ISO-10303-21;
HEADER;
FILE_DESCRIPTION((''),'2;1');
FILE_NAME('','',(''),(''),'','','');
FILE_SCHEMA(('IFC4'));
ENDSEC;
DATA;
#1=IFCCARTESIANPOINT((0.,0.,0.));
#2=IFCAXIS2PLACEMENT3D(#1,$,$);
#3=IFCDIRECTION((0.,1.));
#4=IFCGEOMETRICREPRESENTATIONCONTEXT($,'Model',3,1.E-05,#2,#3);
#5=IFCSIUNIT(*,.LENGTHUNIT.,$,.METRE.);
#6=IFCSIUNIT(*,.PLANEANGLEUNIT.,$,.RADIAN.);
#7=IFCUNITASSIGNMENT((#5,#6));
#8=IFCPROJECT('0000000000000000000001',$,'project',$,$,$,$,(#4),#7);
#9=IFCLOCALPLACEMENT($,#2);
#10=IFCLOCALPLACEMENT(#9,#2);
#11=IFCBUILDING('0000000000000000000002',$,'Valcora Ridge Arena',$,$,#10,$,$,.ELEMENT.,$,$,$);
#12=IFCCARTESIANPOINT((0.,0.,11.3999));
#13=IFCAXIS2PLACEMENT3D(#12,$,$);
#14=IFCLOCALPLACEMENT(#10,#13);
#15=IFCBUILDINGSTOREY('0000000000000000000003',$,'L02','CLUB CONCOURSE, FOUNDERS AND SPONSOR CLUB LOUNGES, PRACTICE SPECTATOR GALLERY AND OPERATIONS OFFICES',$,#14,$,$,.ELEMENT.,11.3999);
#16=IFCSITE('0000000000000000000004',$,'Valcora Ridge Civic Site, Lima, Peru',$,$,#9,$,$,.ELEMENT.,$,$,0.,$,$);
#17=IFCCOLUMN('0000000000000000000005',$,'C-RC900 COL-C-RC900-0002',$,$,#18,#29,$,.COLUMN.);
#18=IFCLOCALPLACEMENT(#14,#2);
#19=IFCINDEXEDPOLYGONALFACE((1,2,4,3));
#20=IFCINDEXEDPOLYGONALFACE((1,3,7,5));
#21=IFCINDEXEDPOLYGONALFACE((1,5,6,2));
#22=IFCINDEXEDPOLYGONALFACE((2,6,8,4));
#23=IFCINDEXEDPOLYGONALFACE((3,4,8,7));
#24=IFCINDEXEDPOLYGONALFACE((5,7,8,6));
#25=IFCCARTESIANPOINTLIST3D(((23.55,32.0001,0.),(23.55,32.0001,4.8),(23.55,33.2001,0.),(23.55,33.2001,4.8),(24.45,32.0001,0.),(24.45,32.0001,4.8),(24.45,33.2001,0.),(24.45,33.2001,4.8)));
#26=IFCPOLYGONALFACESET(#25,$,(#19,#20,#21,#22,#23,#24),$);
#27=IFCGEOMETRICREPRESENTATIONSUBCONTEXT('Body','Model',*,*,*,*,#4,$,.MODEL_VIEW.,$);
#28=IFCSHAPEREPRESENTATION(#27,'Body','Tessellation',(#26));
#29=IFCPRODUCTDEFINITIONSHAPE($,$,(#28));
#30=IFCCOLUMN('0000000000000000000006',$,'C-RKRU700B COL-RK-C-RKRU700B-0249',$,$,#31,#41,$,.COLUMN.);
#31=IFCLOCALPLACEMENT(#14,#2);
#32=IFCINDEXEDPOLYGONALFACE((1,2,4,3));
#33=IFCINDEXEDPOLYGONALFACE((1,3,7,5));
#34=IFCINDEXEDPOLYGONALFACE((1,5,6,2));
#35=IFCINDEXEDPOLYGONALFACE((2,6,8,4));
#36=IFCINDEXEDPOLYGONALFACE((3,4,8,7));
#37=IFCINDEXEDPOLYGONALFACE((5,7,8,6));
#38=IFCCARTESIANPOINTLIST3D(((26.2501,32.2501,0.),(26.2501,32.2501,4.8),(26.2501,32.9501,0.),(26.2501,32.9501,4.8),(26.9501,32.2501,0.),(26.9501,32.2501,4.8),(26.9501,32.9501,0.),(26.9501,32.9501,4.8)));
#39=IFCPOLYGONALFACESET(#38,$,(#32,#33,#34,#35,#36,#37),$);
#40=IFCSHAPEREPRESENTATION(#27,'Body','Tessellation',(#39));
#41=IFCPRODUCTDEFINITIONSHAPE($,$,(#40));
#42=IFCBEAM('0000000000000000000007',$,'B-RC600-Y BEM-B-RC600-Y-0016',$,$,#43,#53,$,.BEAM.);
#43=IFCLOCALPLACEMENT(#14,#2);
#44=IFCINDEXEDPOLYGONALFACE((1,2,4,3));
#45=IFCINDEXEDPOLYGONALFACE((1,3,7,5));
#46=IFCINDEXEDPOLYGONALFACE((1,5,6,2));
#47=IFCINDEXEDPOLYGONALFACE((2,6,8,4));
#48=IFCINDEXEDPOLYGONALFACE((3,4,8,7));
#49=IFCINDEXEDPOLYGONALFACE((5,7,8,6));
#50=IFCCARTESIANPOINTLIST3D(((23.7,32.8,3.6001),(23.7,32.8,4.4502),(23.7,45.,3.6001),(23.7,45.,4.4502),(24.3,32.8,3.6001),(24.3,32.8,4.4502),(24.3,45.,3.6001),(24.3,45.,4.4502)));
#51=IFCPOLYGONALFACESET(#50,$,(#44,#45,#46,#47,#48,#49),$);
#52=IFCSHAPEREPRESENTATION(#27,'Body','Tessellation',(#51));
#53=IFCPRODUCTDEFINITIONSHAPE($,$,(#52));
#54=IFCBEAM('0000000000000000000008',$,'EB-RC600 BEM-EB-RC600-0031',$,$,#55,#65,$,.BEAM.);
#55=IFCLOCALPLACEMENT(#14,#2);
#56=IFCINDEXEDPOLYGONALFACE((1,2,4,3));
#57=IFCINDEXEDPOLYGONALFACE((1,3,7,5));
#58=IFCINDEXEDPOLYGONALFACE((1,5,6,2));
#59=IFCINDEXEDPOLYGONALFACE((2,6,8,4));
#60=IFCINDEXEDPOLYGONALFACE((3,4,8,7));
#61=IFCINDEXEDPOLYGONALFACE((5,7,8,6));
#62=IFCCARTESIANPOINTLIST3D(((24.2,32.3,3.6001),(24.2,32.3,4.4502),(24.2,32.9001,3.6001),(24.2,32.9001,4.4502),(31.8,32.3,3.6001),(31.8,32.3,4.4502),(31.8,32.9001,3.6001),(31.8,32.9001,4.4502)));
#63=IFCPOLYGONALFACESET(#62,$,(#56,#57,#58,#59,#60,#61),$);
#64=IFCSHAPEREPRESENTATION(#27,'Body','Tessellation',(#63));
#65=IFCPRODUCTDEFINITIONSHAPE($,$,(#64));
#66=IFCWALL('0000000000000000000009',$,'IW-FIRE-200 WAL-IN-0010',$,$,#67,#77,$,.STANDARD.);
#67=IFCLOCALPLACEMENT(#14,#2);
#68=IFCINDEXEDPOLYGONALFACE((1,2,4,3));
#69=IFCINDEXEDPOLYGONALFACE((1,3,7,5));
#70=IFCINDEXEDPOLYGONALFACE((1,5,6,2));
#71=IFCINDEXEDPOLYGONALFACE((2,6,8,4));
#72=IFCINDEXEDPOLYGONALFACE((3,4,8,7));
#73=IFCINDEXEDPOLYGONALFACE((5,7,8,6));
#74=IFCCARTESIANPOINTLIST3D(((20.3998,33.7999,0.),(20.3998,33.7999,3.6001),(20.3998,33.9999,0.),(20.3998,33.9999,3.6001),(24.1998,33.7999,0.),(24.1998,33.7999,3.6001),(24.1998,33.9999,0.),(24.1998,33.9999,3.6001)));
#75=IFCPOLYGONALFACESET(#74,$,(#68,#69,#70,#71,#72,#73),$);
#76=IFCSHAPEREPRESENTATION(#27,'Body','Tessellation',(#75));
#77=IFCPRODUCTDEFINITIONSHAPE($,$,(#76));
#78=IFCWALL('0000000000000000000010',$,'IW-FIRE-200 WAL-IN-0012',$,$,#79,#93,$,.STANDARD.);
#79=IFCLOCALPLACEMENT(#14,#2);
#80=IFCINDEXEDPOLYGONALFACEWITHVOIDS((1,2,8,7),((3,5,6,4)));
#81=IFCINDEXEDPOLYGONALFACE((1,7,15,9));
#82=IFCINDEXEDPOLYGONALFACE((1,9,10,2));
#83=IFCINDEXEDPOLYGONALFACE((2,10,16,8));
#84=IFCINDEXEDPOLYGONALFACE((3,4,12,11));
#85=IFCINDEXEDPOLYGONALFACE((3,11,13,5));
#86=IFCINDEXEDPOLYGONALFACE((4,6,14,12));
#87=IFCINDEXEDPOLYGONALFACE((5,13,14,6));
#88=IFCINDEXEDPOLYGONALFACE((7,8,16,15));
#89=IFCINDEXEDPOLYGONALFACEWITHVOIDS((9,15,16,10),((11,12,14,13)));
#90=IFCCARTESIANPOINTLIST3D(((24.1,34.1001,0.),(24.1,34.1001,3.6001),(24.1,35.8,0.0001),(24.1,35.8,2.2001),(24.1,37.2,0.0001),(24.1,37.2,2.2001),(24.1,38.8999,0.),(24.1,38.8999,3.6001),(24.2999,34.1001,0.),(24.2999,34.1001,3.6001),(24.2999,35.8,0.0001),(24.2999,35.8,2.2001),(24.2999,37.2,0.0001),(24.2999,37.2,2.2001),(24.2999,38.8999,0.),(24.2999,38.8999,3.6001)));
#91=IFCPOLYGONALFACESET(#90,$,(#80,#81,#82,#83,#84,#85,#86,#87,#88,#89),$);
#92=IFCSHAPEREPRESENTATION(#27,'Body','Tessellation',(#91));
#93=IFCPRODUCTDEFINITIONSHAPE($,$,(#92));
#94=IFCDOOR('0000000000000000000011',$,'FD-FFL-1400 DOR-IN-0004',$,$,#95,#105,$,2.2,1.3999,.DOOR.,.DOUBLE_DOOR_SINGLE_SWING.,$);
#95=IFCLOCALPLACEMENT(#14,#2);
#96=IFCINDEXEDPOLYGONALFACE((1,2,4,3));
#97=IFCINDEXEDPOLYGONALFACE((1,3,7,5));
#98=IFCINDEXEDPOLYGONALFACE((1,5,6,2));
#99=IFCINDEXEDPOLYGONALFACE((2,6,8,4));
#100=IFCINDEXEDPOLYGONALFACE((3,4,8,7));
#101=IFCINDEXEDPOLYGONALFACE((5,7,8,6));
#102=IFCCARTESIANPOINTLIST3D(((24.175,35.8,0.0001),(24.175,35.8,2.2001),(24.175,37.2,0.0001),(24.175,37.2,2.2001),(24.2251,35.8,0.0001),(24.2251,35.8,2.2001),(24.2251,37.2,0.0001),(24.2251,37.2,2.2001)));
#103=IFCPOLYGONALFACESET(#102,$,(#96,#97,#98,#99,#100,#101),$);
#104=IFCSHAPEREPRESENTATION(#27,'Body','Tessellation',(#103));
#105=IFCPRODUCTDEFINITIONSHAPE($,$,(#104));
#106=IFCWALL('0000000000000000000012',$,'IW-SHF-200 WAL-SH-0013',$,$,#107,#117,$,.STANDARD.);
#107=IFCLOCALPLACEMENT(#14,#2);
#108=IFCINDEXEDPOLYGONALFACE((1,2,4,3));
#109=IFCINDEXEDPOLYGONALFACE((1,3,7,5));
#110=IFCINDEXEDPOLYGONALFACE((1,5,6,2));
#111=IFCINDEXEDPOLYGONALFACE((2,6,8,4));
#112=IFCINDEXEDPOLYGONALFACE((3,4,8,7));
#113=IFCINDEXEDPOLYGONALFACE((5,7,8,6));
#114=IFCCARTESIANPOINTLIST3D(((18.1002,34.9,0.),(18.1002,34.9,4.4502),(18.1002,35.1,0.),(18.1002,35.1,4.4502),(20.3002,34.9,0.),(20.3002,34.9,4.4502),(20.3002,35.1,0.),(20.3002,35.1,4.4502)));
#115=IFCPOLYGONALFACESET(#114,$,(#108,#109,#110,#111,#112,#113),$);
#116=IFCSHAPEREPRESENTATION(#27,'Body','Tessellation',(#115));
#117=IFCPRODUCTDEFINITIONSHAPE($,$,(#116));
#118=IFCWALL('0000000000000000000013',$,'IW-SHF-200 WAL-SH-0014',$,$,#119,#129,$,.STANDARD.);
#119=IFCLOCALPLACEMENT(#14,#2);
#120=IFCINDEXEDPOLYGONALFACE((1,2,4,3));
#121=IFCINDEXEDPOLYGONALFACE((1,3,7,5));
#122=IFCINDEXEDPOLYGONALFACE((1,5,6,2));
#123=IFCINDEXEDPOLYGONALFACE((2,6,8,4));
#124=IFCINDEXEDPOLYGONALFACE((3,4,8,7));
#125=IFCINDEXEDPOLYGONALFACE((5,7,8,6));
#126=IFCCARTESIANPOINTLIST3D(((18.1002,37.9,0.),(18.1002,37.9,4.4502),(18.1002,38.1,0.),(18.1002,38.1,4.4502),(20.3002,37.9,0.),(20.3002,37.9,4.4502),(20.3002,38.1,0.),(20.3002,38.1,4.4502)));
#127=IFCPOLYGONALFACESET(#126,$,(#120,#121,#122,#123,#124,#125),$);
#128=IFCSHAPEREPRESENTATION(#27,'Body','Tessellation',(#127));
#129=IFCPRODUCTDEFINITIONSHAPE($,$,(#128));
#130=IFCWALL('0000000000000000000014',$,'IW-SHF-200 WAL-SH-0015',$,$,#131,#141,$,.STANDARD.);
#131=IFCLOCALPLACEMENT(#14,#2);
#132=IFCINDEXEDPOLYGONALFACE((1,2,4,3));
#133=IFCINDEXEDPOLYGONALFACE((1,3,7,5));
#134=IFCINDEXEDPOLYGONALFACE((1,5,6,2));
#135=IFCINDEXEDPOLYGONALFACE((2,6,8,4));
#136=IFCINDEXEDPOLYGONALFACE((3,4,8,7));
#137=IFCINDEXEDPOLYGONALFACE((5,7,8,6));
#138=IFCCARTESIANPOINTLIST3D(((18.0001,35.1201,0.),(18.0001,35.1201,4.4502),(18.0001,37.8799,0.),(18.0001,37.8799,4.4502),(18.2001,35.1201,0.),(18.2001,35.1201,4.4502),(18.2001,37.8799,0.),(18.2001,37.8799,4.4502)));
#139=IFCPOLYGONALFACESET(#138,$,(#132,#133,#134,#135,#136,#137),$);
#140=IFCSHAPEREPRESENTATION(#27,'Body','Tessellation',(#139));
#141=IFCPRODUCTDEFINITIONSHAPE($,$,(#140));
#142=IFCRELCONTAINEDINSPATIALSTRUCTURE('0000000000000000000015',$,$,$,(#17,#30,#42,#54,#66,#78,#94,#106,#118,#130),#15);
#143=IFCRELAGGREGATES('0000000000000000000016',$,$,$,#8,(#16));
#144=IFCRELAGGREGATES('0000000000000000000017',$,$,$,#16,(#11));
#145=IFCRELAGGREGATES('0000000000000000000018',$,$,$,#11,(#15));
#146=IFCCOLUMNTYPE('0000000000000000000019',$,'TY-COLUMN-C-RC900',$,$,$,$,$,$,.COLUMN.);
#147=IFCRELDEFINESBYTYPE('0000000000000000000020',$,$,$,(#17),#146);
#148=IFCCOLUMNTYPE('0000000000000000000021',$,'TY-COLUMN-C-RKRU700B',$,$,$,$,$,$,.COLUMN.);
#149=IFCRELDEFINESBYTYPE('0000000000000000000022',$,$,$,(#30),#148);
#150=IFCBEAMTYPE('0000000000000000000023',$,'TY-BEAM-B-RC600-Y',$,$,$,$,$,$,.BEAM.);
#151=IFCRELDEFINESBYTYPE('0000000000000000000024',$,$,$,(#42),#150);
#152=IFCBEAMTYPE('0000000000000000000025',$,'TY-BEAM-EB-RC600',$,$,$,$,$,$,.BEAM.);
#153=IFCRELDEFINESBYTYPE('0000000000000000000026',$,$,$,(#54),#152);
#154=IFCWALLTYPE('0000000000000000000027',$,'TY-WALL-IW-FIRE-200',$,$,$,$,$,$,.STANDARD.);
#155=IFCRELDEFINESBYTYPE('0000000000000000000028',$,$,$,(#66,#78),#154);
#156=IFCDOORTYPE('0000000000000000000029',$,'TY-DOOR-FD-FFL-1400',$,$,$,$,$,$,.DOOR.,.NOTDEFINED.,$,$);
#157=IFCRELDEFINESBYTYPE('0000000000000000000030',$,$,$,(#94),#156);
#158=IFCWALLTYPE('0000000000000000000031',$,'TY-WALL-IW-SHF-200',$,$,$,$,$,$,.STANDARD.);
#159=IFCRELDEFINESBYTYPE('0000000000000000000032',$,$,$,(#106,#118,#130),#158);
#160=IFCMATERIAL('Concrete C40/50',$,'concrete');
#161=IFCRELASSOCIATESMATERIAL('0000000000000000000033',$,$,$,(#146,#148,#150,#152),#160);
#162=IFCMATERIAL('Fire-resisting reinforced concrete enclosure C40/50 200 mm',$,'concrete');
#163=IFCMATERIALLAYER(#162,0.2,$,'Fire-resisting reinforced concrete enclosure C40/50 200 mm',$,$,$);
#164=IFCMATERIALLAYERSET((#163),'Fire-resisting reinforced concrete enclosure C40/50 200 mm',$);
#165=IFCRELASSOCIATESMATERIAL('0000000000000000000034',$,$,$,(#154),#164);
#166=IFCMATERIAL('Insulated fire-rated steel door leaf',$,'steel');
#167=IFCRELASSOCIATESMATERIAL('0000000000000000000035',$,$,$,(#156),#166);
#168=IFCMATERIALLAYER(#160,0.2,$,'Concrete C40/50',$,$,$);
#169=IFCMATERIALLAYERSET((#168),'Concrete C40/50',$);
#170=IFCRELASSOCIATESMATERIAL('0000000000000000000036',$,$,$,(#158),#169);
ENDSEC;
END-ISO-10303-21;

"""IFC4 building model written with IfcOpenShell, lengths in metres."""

from ifc_helpers import new_model, si_unit, direction, frame, frame_2d, origin, origin_2d, place, context, subcontext, project, spatial, rectangle, extrude, material, layer, layer_set, material_profile, profile_set, type_object, element, fill, save


model = new_model("IFC4")

# Units and contexts
model_context = context("Model", 3, precision=1e-05, world=origin(), true_north=direction((0.0, 1.0)))
body_context = subcontext(model_context, "Body", "Model", "MODEL_VIEW")
ifc_project = project(units=[si_unit("LENGTHUNIT", "METRE"), si_unit("PLANEANGLEUNIT", "RADIAN")], contexts=[model_context])

# Site, building, storey
site_placement = place(None, origin())
site = spatial("IfcSite", under=ifc_project, at=site_placement, Name="Valcora Ridge Civic Site, Lima, Peru", CompositionType="ELEMENT", RefElevation=0.0)
building_placement = place(site_placement, origin())
building = spatial("IfcBuilding", under=site, at=building_placement, Name="Valcora Ridge Arena", CompositionType="ELEMENT")
storey_placement = place(building_placement, frame((0.0, 0.0, 11.3999)))
storey = spatial("IfcBuildingStorey", under=building, at=storey_placement, Name="L02", Description="CLUB CONCOURSE, FOUNDERS AND SPONSOR CLUB LOUNGES, PRACTICE SPECTATOR GALLERY AND OPERATIONS OFFICES", CompositionType="ELEMENT", Elevation=11.3999)

# Columns
ifc_material_1 = material(Name="Concrete C40/50", Category="concrete")
ifc_material_profile_1 = material_profile(ifc_material_1, rectangle(XDim=0.8999, YDim=1.2, at=origin_2d()), Name="RC 900x1200")
ifc_profile_set_1 = profile_set([ifc_material_profile_1], Name="Concrete C40/50")
column_type_1 = type_object("IfcColumnType", Name="TY-COLUMN-C-RC900", PredefinedType="COLUMN", material=ifc_profile_set_1)
column_1_placement = place(storey_placement, frame((24.0, 32.6001, 0.0), z_axis=(0.0, 0.0, 1.0), x_axis=(1.0, 0.0, 0.0)))
element("IfcColumn", 1, at=column_1_placement, inside=storey, type_object=column_type_1, Name="C-RC900 COL-C-RC900-0002", PredefinedType="COLUMN", context=body_context, shape_type="SweptSolid", body=[
    extrude(rectangle(XDim=0.8999, YDim=1.2, at=origin_2d()), origin(), (0.0, 0.0, 1.0), 4.8),
])
ifc_material_profile_2 = material_profile(ifc_material_1, rectangle(XDim=0.7, YDim=0.7, at=origin_2d()), Name="RC 700x700")
ifc_profile_set_2 = profile_set([ifc_material_profile_2], Name="Concrete C40/50")
column_type_2 = type_object("IfcColumnType", Name="TY-COLUMN-C-RKRU700B", PredefinedType="COLUMN", material=ifc_profile_set_2)
column_2_placement = place(storey_placement, frame((26.6001, 32.6001, 0.0), z_axis=(0.0, 0.0, 1.0), x_axis=(1.0, 0.0, 0.0)))
element("IfcColumn", 2, at=column_2_placement, inside=storey, type_object=column_type_2, Name="C-RKRU700B COL-RK-C-RKRU700B-0249", PredefinedType="COLUMN", context=body_context, shape_type="SweptSolid", body=[
    extrude(rectangle(XDim=0.7, YDim=0.7, at=origin_2d()), origin(), (0.0, 0.0, 1.0), 4.8),
])

# Beams
ifc_material_profile_3 = material_profile(ifc_material_1, rectangle(XDim=0.6001, YDim=0.8501, at=origin_2d()), Name="RC 600x850")
ifc_profile_set_3 = profile_set([ifc_material_profile_3], Name="Concrete C40/50")
beam_type_1 = type_object("IfcBeamType", Name="TY-BEAM-B-RC600-Y", PredefinedType="BEAM", material=ifc_profile_set_3)
beam_1_placement = place(storey_placement, frame((24.0, 32.8, 4.0251), z_axis=(0.0, 1.0, 0.0), x_axis=(-1.0, 0.0, 0.0)))
element("IfcBeam", 3, at=beam_1_placement, inside=storey, type_object=beam_type_1, Name="B-RC600-Y BEM-B-RC600-Y-0016", PredefinedType="BEAM", context=body_context, shape_type="SweptSolid", body=[
    extrude(rectangle(XDim=0.6001, YDim=0.8501, at=origin_2d()), origin(), (0.0, 0.0, 1.0), 12.2),
])
ifc_material_profile_4 = material_profile(ifc_material_1, rectangle(XDim=0.6001, YDim=0.8501, at=origin_2d()), Name="RC 600x850")
ifc_profile_set_4 = profile_set([ifc_material_profile_4], Name="Concrete C40/50")
beam_type_2 = type_object("IfcBeamType", Name="TY-BEAM-EB-RC600", PredefinedType="BEAM", material=ifc_profile_set_4)
beam_2_placement = place(storey_placement, frame((24.2, 32.6001, 4.0251), z_axis=(1.0, 0.0, 0.0), x_axis=(0.0, 1.0, 0.0)))
element("IfcBeam", 4, at=beam_2_placement, inside=storey, type_object=beam_type_2, Name="EB-RC600 BEM-EB-RC600-0031", PredefinedType="BEAM", context=body_context, shape_type="SweptSolid", body=[
    extrude(rectangle(XDim=0.6001, YDim=0.8501, at=origin_2d()), origin(), (0.0, 0.0, 1.0), 7.6001),
])

# Wall
ifc_material_2 = material(Name="Fire-resisting reinforced concrete enclosure C40/50 200 mm", Category="concrete")
ifc_layer_1 = layer(ifc_material_2, 0.2, Name="Fire-resisting reinforced concrete enclosure C40/50 200 mm")
ifc_layer_set_1 = layer_set([ifc_layer_1], Name="Fire-resisting reinforced concrete enclosure C40/50 200 mm")
wall_type_1 = type_object("IfcWallType", Name="TY-WALL-IW-FIRE-200", PredefinedType="STANDARD", material=ifc_layer_set_1)
wall_1_placement = place(storey_placement, frame((20.3999, 33.8999, 0.0), z_axis=(0.0, 0.0, 1.0), x_axis=(1.0, 0.0, 0.0)))
element("IfcWall", 5, at=wall_1_placement, inside=storey, type_object=wall_type_1, Name="IW-FIRE-200 WAL-IN-0010", PredefinedType="STANDARD", context=body_context, shape_type="SweptSolid", body=[
    extrude(rectangle(XDim=3.8, YDim=0.2, at=frame_2d((1.8999, 0.0))), origin(), (0.0, 0.0, 1.0), 3.6001),
])

# Wall, opening, door
wall_2_placement = place(storey_placement, frame((24.2, 34.1001, 0.0), z_axis=(0.0, 0.0, 1.0), x_axis=(0.0, 1.0, 0.0)))
wall_2 = element("IfcWall", 6, at=wall_2_placement, inside=storey, type_object=wall_type_1, Name="IW-FIRE-200 WAL-IN-0012", PredefinedType="STANDARD", context=body_context, shape_type="SweptSolid", body=[
    extrude(rectangle(XDim=4.7998, YDim=0.2, at=frame_2d((2.3999, 0.0))), origin(), (0.0, 0.0, 1.0), 3.6001),
])
opening_1_placement = place(wall_2_placement, frame((1.7, 0.0, 0.0)))
opening_1 = element("IfcOpeningElement", 7, at=opening_1_placement, cuts=wall_2, PredefinedType="OPENING", context=body_context, shape_type="SweptSolid", body=[
    extrude(rectangle(XDim=1.3999, YDim=2.2, at=frame_2d((0.7, 1.1001))), frame((0.0, 0.1099, 0.0), z_axis=(0.0, -1.0, 0.0), x_axis=(1.0, 0.0, 0.0)), (0.0, 0.0, 1.0), 0.22),
])
ifc_material_3 = material(Name="Insulated fire-rated steel door leaf", Category="steel")
door_type_1 = type_object("IfcDoorType", Name="TY-DOOR-FD-FFL-1400", OperationType="NOTDEFINED", PredefinedType="DOOR", material=ifc_material_3)
door_1_placement = place(opening_1_placement, origin())
door_1 = element("IfcDoor", 8, at=door_1_placement, inside=storey, type_object=door_type_1, Name="FD-FFL-1400 DOR-IN-0004", OperationType="DOUBLE_DOOR_SINGLE_SWING", OverallHeight=2.2, OverallWidth=1.3999, PredefinedType="DOOR", context=body_context, shape_type="SweptSolid", body=[
    extrude(rectangle(XDim=1.3999, YDim=2.2, at=frame_2d((0.7, 1.1001))), frame((0.0, 0.0249, 0.0), z_axis=(0.0, -1.0, 0.0), x_axis=(1.0, 0.0, 0.0)), (0.0, 0.0, 1.0), 0.05),
])
fill(opening_1, door_1)

# Walls
ifc_layer_2 = layer(ifc_material_1, 0.2, Name="Concrete C40/50")
ifc_layer_set_2 = layer_set([ifc_layer_2], Name="Concrete C40/50")
wall_type_2 = type_object("IfcWallType", Name="TY-WALL-IW-SHF-200", PredefinedType="STANDARD", material=ifc_layer_set_2)
for number, where, z_axis, x_axis, name in (
    (9, (18.1001, 35.0, 0.0), (0.0, 0.0, 1.0), (1.0, 0.0, 0.0), "IW-SHF-200 WAL-SH-0013"),
    (10, (18.1001, 38.0, 0.0), (0.0, 0.0, 1.0), (1.0, 0.0, 0.0), "IW-SHF-200 WAL-SH-0014"),
):
    element("IfcWall", number, at=place(storey_placement, frame(where, z_axis=z_axis, x_axis=x_axis)), inside=storey, type_object=wall_type_2, Name=name, PredefinedType="STANDARD", context=body_context, shape_type="SweptSolid", body=[
        extrude(rectangle(XDim=2.2, YDim=0.2, at=frame_2d((1.1001, 0.0))), origin(), (0.0, 0.0, 1.0), 4.4502),
    ])
wall_3_placement = place(storey_placement, frame((18.1001, 35.1201, 0.0), z_axis=(0.0, 0.0, 1.0), x_axis=(0.0, 1.0, 0.0)))
element("IfcWall", 11, at=wall_3_placement, inside=storey, type_object=wall_type_2, Name="IW-SHF-200 WAL-SH-0015", PredefinedType="STANDARD", context=body_context, shape_type="SweptSolid", body=[
    extrude(rectangle(XDim=2.7598, YDim=0.2, at=frame_2d((1.3799, 0.0))), origin(), (0.0, 0.0, 1.0), 4.4502),
])

save(model, "model.ifc")
